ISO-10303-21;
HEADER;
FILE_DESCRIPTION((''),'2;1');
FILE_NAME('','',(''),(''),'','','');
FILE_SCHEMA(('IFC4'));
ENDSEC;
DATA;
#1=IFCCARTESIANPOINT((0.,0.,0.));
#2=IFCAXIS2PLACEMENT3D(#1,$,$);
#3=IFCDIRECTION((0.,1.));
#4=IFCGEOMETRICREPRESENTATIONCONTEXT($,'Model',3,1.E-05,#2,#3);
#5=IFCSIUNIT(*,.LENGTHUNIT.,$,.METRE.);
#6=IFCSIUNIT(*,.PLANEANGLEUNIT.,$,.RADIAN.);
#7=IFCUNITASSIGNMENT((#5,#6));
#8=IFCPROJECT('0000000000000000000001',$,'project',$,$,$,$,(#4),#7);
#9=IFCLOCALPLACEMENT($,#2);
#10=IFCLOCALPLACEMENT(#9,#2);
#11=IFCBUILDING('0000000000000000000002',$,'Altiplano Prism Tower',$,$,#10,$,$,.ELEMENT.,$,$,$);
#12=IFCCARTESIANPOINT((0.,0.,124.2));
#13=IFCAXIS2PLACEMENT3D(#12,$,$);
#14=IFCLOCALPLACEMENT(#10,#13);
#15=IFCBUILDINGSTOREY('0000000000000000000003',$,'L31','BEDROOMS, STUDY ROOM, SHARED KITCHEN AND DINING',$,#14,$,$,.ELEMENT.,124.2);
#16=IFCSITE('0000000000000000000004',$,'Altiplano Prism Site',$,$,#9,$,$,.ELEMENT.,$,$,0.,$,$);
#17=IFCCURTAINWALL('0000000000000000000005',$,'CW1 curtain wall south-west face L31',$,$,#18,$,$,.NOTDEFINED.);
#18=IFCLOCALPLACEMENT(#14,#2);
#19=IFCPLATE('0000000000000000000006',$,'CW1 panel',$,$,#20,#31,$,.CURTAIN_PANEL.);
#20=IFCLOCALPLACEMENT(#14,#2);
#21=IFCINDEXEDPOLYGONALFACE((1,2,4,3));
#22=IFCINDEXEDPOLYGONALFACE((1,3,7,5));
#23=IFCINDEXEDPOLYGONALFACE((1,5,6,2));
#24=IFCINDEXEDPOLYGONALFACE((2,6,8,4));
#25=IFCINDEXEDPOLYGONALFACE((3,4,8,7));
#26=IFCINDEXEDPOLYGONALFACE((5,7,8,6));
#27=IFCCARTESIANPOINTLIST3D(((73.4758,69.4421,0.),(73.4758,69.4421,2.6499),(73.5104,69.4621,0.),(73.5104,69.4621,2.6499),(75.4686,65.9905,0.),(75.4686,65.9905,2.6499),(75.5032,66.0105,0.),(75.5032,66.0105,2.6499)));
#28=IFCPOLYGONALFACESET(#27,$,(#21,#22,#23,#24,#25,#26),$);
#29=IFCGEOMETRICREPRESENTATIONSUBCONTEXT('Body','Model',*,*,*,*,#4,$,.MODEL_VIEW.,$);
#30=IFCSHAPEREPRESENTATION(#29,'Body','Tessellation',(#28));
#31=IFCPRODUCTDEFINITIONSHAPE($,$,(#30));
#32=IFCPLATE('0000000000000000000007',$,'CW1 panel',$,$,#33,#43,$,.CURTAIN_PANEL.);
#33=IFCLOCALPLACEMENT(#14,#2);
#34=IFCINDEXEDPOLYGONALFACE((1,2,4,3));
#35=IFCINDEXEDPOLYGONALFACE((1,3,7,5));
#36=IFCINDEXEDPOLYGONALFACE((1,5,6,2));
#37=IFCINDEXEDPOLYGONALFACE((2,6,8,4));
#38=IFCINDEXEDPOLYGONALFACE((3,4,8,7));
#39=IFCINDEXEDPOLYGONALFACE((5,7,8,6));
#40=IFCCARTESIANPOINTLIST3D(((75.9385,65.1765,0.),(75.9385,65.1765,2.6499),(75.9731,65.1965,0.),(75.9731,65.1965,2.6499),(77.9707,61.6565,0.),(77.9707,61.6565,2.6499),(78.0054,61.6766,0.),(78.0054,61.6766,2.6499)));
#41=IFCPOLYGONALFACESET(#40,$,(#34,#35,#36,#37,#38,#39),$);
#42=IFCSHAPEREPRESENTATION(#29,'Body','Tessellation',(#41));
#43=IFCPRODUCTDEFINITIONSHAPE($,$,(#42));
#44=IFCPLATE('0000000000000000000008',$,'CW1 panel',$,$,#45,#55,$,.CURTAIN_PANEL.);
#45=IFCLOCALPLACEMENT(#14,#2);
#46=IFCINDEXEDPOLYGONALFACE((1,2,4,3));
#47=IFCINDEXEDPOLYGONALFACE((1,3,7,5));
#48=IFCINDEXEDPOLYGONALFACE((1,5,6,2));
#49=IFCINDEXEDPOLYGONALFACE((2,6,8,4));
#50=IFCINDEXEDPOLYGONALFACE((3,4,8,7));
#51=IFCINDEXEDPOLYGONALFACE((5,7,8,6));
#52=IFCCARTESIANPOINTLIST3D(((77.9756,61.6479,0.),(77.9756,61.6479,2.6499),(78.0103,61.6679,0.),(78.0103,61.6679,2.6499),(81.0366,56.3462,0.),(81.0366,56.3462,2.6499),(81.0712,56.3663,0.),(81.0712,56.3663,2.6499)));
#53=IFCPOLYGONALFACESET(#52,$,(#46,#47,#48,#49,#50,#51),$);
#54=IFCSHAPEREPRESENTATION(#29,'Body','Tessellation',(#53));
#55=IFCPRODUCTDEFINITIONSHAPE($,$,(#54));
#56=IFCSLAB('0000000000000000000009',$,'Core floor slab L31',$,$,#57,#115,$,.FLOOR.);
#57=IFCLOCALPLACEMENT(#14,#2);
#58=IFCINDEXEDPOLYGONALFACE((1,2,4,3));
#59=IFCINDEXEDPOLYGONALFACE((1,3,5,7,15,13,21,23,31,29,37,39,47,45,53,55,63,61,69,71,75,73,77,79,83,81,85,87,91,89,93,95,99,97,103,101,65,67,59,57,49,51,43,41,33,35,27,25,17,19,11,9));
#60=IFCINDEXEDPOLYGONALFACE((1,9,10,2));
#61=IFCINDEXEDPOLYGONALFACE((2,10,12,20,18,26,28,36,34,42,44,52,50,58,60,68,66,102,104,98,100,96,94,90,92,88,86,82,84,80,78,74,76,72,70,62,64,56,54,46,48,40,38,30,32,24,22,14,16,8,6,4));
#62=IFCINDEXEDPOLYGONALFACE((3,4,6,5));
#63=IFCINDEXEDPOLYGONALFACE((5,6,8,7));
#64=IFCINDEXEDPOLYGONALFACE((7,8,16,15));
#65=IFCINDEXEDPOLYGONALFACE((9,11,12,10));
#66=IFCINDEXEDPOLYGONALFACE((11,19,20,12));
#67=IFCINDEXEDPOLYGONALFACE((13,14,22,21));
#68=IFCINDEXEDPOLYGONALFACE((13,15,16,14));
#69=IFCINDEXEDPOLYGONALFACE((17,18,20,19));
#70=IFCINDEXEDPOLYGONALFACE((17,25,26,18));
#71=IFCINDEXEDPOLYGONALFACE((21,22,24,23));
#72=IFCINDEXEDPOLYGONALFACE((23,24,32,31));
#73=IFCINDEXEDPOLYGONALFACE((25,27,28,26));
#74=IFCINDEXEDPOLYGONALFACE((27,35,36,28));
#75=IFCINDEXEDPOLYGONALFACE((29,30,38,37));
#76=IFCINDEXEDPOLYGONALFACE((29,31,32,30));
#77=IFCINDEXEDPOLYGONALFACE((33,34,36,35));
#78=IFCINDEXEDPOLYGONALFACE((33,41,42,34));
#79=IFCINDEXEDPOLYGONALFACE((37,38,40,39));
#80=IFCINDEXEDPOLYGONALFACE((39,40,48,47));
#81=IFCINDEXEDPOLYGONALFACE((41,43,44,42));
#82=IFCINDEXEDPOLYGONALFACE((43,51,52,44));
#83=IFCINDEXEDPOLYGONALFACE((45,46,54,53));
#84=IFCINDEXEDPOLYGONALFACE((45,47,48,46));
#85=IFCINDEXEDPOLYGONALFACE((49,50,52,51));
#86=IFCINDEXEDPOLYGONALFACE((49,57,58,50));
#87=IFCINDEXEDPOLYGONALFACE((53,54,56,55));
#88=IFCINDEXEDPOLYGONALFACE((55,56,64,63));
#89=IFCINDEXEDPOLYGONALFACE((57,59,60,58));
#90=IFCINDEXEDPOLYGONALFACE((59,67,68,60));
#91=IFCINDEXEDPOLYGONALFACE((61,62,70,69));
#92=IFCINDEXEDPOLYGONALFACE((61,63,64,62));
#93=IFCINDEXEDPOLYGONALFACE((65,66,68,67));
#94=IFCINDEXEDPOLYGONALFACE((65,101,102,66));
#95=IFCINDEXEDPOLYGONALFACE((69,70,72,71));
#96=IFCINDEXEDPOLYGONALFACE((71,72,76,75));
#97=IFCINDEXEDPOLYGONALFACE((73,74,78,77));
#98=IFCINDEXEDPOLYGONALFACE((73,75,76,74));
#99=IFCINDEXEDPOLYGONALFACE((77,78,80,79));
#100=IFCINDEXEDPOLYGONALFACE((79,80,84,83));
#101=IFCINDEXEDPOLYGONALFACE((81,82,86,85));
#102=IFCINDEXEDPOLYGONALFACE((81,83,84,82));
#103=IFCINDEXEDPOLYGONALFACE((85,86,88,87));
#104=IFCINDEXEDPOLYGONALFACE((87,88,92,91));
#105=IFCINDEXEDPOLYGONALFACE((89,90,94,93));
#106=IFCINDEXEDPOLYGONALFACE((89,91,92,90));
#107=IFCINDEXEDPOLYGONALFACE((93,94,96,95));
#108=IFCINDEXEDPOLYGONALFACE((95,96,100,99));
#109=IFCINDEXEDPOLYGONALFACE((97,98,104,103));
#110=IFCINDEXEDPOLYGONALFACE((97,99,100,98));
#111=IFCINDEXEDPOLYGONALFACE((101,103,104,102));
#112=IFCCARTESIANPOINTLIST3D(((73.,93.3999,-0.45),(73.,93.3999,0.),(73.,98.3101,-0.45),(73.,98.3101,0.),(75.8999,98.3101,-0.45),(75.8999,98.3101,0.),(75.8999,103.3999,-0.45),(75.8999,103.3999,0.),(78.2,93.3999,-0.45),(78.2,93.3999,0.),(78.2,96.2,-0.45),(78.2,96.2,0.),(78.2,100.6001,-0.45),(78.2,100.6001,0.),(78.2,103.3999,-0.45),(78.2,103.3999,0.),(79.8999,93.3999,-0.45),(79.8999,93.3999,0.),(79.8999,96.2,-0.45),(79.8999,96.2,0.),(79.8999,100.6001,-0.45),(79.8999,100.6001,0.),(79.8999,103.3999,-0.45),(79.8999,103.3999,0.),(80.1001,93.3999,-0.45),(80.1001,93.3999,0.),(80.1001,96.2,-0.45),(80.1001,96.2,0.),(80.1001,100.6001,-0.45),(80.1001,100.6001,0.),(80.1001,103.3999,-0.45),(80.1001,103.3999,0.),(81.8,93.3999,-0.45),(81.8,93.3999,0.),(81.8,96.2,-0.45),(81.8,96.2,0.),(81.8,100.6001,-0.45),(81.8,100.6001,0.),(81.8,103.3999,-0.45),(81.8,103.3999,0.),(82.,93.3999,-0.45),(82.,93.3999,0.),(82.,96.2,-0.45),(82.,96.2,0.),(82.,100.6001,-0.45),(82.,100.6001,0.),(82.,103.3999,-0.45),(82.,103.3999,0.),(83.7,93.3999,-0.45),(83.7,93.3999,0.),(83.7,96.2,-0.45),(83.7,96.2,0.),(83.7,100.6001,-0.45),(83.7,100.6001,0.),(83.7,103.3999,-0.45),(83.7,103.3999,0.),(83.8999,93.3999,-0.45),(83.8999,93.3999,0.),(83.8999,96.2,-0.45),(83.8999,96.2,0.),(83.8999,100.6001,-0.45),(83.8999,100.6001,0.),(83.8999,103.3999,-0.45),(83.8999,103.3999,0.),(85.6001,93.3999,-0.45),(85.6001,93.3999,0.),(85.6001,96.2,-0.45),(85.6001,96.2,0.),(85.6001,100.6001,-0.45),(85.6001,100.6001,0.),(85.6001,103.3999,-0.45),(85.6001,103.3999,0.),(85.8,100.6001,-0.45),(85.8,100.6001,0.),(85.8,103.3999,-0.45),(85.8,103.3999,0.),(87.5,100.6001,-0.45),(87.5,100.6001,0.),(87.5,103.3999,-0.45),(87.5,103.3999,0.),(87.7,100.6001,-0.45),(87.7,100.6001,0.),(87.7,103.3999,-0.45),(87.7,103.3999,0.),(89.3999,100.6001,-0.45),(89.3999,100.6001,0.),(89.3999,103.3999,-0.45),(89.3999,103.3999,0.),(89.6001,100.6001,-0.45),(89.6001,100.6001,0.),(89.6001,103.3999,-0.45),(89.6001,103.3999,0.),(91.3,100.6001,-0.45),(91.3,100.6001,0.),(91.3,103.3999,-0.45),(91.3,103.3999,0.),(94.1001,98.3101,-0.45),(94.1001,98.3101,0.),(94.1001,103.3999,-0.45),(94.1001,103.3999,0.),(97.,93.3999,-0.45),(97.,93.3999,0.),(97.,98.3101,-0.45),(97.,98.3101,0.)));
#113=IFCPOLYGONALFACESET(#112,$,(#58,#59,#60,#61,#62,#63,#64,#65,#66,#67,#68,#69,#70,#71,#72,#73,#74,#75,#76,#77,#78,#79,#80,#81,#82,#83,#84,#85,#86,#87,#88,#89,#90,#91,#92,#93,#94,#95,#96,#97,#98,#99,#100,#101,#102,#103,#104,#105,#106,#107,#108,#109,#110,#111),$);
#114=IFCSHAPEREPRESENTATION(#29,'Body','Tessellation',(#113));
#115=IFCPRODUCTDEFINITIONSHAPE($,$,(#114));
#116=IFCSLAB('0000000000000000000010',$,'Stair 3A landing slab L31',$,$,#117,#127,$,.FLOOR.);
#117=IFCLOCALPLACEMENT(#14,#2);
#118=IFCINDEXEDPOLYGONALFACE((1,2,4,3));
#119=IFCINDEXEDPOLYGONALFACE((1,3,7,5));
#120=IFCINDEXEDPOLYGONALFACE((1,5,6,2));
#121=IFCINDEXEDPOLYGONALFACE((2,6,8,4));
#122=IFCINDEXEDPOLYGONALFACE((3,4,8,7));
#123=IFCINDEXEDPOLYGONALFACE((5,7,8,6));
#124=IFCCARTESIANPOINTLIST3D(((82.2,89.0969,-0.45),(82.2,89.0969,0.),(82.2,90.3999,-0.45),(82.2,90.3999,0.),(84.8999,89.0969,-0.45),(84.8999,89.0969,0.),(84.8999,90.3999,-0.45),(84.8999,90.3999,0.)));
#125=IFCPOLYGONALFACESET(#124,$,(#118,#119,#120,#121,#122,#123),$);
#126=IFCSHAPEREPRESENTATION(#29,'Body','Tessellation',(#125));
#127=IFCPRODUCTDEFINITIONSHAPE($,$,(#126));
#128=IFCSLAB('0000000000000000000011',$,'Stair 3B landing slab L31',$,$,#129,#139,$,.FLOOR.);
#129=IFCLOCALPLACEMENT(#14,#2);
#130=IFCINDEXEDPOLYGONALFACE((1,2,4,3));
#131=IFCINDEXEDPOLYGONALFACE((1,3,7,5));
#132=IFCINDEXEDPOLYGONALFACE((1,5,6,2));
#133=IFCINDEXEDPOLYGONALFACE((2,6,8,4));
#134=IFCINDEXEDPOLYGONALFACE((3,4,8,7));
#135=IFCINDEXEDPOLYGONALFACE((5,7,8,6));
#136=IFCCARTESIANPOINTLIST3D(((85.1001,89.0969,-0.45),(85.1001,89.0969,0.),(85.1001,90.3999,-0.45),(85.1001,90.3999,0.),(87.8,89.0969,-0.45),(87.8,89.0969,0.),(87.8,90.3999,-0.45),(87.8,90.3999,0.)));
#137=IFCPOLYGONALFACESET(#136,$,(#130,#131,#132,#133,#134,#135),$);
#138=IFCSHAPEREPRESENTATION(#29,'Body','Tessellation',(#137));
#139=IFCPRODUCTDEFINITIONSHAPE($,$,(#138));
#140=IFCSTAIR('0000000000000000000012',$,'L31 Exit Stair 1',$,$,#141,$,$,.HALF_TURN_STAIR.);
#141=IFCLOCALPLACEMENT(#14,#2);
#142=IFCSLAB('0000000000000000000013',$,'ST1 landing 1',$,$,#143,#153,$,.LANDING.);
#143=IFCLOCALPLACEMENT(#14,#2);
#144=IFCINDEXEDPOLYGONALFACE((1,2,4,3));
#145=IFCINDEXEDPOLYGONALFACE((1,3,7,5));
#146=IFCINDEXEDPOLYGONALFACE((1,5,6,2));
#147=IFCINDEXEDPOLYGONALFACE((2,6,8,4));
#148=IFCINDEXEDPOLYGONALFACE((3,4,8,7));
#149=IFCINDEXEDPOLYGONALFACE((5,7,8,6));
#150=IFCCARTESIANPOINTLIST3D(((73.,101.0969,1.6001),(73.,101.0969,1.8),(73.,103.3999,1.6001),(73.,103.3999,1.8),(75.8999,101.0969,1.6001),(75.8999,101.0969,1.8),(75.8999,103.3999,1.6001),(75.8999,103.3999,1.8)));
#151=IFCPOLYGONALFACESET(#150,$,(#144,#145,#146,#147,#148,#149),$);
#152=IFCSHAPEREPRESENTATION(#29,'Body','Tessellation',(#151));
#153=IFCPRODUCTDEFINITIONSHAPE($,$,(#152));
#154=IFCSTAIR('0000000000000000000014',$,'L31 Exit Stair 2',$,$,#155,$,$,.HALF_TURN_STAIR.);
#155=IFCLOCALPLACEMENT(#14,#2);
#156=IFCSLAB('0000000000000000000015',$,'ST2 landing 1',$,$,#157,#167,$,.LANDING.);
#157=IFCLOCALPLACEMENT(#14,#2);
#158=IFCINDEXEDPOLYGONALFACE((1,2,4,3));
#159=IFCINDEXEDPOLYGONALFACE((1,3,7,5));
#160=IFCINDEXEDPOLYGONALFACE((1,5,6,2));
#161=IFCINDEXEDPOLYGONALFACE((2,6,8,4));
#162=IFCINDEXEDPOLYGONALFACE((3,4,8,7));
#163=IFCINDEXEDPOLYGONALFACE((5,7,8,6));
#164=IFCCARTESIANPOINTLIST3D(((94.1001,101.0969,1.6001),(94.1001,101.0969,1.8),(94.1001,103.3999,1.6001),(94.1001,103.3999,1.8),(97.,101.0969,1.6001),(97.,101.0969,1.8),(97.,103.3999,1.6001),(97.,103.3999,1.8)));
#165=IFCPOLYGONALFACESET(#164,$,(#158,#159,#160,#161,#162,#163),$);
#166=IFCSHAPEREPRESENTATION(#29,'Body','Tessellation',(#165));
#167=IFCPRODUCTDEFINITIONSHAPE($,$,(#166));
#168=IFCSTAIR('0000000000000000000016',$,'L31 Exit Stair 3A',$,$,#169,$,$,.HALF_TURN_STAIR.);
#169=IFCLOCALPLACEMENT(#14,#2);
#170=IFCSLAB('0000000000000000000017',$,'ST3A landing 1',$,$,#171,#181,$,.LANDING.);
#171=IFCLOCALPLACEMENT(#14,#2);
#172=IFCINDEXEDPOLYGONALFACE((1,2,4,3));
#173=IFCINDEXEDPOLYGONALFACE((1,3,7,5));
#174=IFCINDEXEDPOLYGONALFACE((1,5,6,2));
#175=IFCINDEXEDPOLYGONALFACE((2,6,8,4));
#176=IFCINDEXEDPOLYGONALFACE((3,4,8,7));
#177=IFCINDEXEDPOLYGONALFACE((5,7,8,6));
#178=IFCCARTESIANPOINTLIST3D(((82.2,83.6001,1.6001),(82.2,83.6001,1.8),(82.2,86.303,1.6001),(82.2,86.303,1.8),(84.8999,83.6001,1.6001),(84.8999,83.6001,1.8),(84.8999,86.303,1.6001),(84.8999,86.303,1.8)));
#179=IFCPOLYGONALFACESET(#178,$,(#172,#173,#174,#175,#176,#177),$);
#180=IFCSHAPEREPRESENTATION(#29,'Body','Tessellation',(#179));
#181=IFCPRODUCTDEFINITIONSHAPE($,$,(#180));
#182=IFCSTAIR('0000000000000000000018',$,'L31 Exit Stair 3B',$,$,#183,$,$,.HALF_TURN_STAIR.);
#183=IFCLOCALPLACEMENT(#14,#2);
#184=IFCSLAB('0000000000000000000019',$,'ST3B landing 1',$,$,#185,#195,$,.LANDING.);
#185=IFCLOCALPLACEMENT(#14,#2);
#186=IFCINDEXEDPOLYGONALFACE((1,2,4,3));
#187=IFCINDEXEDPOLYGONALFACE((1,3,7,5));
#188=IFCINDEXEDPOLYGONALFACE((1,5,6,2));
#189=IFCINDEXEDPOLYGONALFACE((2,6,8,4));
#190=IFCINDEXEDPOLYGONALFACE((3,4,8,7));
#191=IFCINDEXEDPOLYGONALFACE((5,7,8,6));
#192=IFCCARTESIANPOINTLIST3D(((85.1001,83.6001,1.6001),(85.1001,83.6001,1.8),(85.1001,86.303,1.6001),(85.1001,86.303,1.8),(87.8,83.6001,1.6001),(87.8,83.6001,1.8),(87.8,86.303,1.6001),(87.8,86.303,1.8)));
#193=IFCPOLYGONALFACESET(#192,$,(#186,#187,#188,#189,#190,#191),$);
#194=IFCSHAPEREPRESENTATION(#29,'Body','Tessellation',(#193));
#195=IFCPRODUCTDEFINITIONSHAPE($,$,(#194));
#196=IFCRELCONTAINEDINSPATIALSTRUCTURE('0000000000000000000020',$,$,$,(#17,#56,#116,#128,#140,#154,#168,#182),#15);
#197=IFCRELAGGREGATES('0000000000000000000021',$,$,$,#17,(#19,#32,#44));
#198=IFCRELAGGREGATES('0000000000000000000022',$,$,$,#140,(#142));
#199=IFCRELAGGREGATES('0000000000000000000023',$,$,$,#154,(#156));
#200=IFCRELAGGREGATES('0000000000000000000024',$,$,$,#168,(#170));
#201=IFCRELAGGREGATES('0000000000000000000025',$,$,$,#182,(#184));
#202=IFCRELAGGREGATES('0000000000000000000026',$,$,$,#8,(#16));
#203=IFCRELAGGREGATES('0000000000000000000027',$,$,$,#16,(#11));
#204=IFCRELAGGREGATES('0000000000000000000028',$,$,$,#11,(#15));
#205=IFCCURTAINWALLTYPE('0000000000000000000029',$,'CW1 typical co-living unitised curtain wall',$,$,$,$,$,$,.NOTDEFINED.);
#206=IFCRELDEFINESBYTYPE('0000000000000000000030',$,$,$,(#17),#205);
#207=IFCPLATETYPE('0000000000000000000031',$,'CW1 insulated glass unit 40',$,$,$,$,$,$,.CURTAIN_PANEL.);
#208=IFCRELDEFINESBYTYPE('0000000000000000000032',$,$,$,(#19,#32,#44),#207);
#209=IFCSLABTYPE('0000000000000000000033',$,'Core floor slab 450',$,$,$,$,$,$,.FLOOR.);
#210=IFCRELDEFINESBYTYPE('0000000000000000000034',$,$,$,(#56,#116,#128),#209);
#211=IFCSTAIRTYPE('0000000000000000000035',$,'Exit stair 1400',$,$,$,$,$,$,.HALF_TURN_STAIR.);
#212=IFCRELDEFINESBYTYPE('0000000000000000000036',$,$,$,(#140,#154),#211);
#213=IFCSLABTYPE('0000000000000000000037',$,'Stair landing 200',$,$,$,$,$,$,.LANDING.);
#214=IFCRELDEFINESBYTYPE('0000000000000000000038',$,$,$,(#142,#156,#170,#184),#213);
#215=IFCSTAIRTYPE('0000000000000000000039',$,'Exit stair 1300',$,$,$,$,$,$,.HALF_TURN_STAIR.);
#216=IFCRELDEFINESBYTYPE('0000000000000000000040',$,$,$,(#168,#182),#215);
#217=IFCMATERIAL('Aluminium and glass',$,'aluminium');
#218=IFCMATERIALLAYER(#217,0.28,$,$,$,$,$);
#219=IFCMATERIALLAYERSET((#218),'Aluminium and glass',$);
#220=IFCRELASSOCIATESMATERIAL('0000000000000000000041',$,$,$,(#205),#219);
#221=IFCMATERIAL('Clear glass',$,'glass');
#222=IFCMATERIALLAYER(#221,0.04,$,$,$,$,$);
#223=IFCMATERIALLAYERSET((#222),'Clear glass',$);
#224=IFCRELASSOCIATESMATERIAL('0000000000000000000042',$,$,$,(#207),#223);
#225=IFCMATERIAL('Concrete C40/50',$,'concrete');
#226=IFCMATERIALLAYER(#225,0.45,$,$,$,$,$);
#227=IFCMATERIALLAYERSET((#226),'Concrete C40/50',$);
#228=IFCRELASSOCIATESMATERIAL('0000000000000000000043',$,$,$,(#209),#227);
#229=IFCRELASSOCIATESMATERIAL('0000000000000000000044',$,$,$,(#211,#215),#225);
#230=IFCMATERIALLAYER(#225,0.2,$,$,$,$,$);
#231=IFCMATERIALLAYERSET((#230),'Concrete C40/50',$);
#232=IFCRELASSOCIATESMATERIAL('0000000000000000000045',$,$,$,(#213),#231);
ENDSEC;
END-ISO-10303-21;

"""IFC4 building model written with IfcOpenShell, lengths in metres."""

from ifc_helpers import new_model, si_unit, direction, frame, origin, origin_2d, place, context, subcontext, project, spatial, polyline, rectangle, outline, extrude, material, layer, layer_set, type_object, element, aggregate, save


model = new_model("IFC4")

# Units and contexts
model_context = context("Model", 3, precision=1e-05, world=origin(), true_north=direction((0.0, 1.0)))
body_context = subcontext(model_context, "Body", "Model", "MODEL_VIEW")
ifc_project = project(units=[si_unit("LENGTHUNIT", "METRE"), si_unit("PLANEANGLEUNIT", "RADIAN")], contexts=[model_context])

# Site, building, storey
site_placement = place(None, origin())
site = spatial("IfcSite", under=ifc_project, at=site_placement, Name="Altiplano Prism Site", CompositionType="ELEMENT", RefElevation=0.0)
building_placement = place(site_placement, origin())
building = spatial("IfcBuilding", under=site, at=building_placement, Name="Altiplano Prism Tower", CompositionType="ELEMENT")
storey_placement = place(building_placement, frame((0.0, 0.0, 124.2)))
storey = spatial("IfcBuildingStorey", under=building, at=storey_placement, Name="L31", Description="BEDROOMS, STUDY ROOM, SHARED KITCHEN AND DINING", CompositionType="ELEMENT", Elevation=124.2)

# Curtain wall
ifc_material_1 = material(Name="Aluminium and glass", Category="aluminium")
ifc_layer_1 = layer(ifc_material_1, 0.28)
ifc_layer_set_1 = layer_set([ifc_layer_1], Name="Aluminium and glass")
curtain_wall_type = type_object("IfcCurtainWallType", Name="CW1 typical co-living unitised curtain wall", PredefinedType="NOTDEFINED", material=ifc_layer_set_1)
curtain_wall_placement = place(storey_placement, origin())
curtain_wall = element("IfcCurtainWall", 1, at=curtain_wall_placement, inside=storey, type_object=curtain_wall_type, Name="CW1 curtain wall south-west face L31", PredefinedType="NOTDEFINED")

# Plates
ifc_material_2 = material(Name="Clear glass", Category="glass")
ifc_layer_2 = layer(ifc_material_2, 0.04)
ifc_layer_set_2 = layer_set([ifc_layer_2], Name="Clear glass")
plate_type = type_object("IfcPlateType", Name="CW1 insulated glass unit 40", PredefinedType="CURTAIN_PANEL", material=ifc_layer_set_2)
plate_1_placement = place(storey_placement, frame((74.4895, 67.7263, 0.0), z_axis=(0.0, 0.0, 1.0), x_axis=(0.5, -0.866025, 0.0)))
plate_1 = element("IfcPlate", 2, at=plate_1_placement, type_object=plate_type, Name="CW1 panel", PredefinedType="CURTAIN_PANEL", context=body_context, shape_type="SweptSolid", body=[
    extrude(rectangle(XDim=3.9856, YDim=0.04, at=origin_2d()), origin(), (0.0, 0.0, 1.0), 2.6499),
])
plate_2_placement = place(storey_placement, frame((76.9719, 63.4265, 0.0), z_axis=(0.0, 0.0, 1.0), x_axis=(0.5, -0.866025, 0.0)))
plate_2 = element("IfcPlate", 3, at=plate_2_placement, type_object=plate_type, Name="CW1 panel", PredefinedType="CURTAIN_PANEL", context=body_context, shape_type="SweptSolid", body=[
    extrude(rectangle(XDim=4.0645, YDim=0.04, at=origin_2d()), origin(), (0.0, 0.0, 1.0), 2.6499),
])
plate_3_placement = place(storey_placement, frame((79.5234, 59.0071, 0.0), z_axis=(0.0, 0.0, 1.0), x_axis=(0.5, -0.866025, 0.0)))
plate_3 = element("IfcPlate", 4, at=plate_3_placement, type_object=plate_type, Name="CW1 panel", PredefinedType="CURTAIN_PANEL", context=body_context, shape_type="SweptSolid", body=[
    extrude(rectangle(XDim=6.1218, YDim=0.04, at=origin_2d()), origin(), (0.0, 0.0, 1.0), 2.6499),
])
aggregate(curtain_wall, [plate_1, plate_2, plate_3])

# Slabs
ifc_material_3 = material(Name="Concrete C40/50", Category="concrete")
ifc_layer_3 = layer(ifc_material_3, 0.45)
ifc_layer_set_3 = layer_set([ifc_layer_3], Name="Concrete C40/50")
slab_type_1 = type_object("IfcSlabType", Name="Core floor slab 450", PredefinedType="FLOOR", material=ifc_layer_set_3)
slab_1_placement = place(storey_placement, frame((0.0, 0.0, -0.45)))
element("IfcSlab", 5, at=slab_1_placement, inside=storey, type_object=slab_type_1, Name="Core floor slab L31", PredefinedType="FLOOR", context=body_context, shape_type="SweptSolid", body=[
    extrude(outline(polyline([(97.0, 98.3101), (94.1001, 98.3101), (94.1001, 103.3999), (91.3, 103.3999), (91.3, 100.6001), (89.6001, 100.6001), (89.6001, 103.3999), (89.3999, 103.3999), (89.3999, 100.6001), (87.7, 100.6001), (87.7, 103.3999), (87.5, 103.3999), (87.5, 100.6001), (85.8, 100.6001), (85.8, 103.3999), (85.6001, 103.3999), (85.6001, 100.6001), (83.8999, 100.6001), (83.8999, 103.3999), (83.7, 103.3999), (83.7, 100.6001), (82.0, 100.6001), (82.0, 103.3999), (81.8, 103.3999), (81.8, 100.6001), (80.1001, 100.6001), (80.1001, 103.3999), (79.8999, 103.3999), (79.8999, 100.6001), (78.2, 100.6001), (78.2, 103.3999), (75.8999, 103.3999), (75.8999, 98.3101), (73.0, 98.3101), (73.0, 93.3999), (78.2, 93.3999), (78.2, 96.2), (79.8999, 96.2), (79.8999, 93.3999), (80.1001, 93.3999), (80.1001, 96.2), (81.8, 96.2), (81.8, 93.3999), (82.0, 93.3999), (82.0, 96.2), (83.7, 96.2), (83.7, 93.3999), (83.8999, 93.3999), (83.8999, 96.2), (85.6001, 96.2), (85.6001, 93.3999), (97.0, 93.3999), (97.0, 98.3101)])), origin(), (0.0, 0.0, 1.0), 0.45),
])
slab_2_placement = place(storey_placement, frame((0.0, 0.0, -0.45)))
element("IfcSlab", 6, at=slab_2_placement, inside=storey, type_object=slab_type_1, Name="Stair 3A landing slab L31", PredefinedType="FLOOR", context=body_context, shape_type="SweptSolid", body=[
    extrude(outline(polyline([(82.2, 89.0969), (84.8999, 89.0969), (84.8999, 90.3999), (82.2, 90.3999), (82.2, 89.0969)])), origin(), (0.0, 0.0, 1.0), 0.45),
])
slab_3_placement = place(storey_placement, frame((0.0, 0.0, -0.45)))
element("IfcSlab", 7, at=slab_3_placement, inside=storey, type_object=slab_type_1, Name="Stair 3B landing slab L31", PredefinedType="FLOOR", context=body_context, shape_type="SweptSolid", body=[
    extrude(outline(polyline([(85.1001, 89.0969), (87.8, 89.0969), (87.8, 90.3999), (85.1001, 90.3999), (85.1001, 89.0969)])), origin(), (0.0, 0.0, 1.0), 0.45),
])

# Stairs, slabs
stair_type_1 = type_object("IfcStairType", Name="Exit stair 1400", PredefinedType="HALF_TURN_STAIR", material=ifc_material_3)
stair_1_placement = place(storey_placement, origin())
stair_1 = element("IfcStair", 8, at=stair_1_placement, inside=storey, type_object=stair_type_1, Name="L31 Exit Stair 1", PredefinedType="HALF_TURN_STAIR")
ifc_layer_4 = layer(ifc_material_3, 0.2)
ifc_layer_set_4 = layer_set([ifc_layer_4], Name="Concrete C40/50")
slab_type_2 = type_object("IfcSlabType", Name="Stair landing 200", PredefinedType="LANDING", material=ifc_layer_set_4)
slab_4_placement = place(storey_placement, frame((0.0, 0.0, 1.6001)))
slab_4 = element("IfcSlab", 9, at=slab_4_placement, type_object=slab_type_2, Name="ST1 landing 1", PredefinedType="LANDING", context=body_context, shape_type="SweptSolid", body=[
    extrude(outline(polyline([(75.8999, 101.0969), (75.8999, 103.3999), (73.0, 103.3999), (73.0, 101.0969), (75.8999, 101.0969)])), origin(), (0.0, 0.0, 1.0), 0.2),
])
aggregate(stair_1, [slab_4])
stair_2_placement = place(storey_placement, origin())
stair_2 = element("IfcStair", 10, at=stair_2_placement, inside=storey, type_object=stair_type_1, Name="L31 Exit Stair 2", PredefinedType="HALF_TURN_STAIR")
slab_5_placement = place(storey_placement, frame((0.0, 0.0, 1.6001)))
slab_5 = element("IfcSlab", 11, at=slab_5_placement, type_object=slab_type_2, Name="ST2 landing 1", PredefinedType="LANDING", context=body_context, shape_type="SweptSolid", body=[
    extrude(outline(polyline([(97.0, 101.0969), (97.0, 103.3999), (94.1001, 103.3999), (94.1001, 101.0969), (97.0, 101.0969)])), origin(), (0.0, 0.0, 1.0), 0.2),
])
aggregate(stair_2, [slab_5])
stair_type_2 = type_object("IfcStairType", Name="Exit stair 1300", PredefinedType="HALF_TURN_STAIR", material=ifc_material_3)
stair_3_placement = place(storey_placement, origin())
stair_3 = element("IfcStair", 12, at=stair_3_placement, inside=storey, type_object=stair_type_2, Name="L31 Exit Stair 3A", PredefinedType="HALF_TURN_STAIR")
slab_6_placement = place(storey_placement, frame((0.0, 0.0, 1.6001)))
slab_6 = element("IfcSlab", 13, at=slab_6_placement, type_object=slab_type_2, Name="ST3A landing 1", PredefinedType="LANDING", context=body_context, shape_type="SweptSolid", body=[
    extrude(outline(polyline([(82.2, 86.303), (82.2, 83.6001), (84.8999, 83.6001), (84.8999, 86.303), (82.2, 86.303)])), origin(), (0.0, 0.0, 1.0), 0.2),
])
aggregate(stair_3, [slab_6])
stair_4_placement = place(storey_placement, origin())
stair_4 = element("IfcStair", 14, at=stair_4_placement, inside=storey, type_object=stair_type_2, Name="L31 Exit Stair 3B", PredefinedType="HALF_TURN_STAIR")
slab_7_placement = place(storey_placement, frame((0.0, 0.0, 1.6001)))
slab_7 = element("IfcSlab", 15, at=slab_7_placement, type_object=slab_type_2, Name="ST3B landing 1", PredefinedType="LANDING", context=body_context, shape_type="SweptSolid", body=[
    extrude(outline(polyline([(85.1001, 86.303), (85.1001, 83.6001), (87.8, 83.6001), (87.8, 86.303), (85.1001, 86.303)])), origin(), (0.0, 0.0, 1.0), 0.2),
])
aggregate(stair_4, [slab_7])

save(model, "model.ifc")
